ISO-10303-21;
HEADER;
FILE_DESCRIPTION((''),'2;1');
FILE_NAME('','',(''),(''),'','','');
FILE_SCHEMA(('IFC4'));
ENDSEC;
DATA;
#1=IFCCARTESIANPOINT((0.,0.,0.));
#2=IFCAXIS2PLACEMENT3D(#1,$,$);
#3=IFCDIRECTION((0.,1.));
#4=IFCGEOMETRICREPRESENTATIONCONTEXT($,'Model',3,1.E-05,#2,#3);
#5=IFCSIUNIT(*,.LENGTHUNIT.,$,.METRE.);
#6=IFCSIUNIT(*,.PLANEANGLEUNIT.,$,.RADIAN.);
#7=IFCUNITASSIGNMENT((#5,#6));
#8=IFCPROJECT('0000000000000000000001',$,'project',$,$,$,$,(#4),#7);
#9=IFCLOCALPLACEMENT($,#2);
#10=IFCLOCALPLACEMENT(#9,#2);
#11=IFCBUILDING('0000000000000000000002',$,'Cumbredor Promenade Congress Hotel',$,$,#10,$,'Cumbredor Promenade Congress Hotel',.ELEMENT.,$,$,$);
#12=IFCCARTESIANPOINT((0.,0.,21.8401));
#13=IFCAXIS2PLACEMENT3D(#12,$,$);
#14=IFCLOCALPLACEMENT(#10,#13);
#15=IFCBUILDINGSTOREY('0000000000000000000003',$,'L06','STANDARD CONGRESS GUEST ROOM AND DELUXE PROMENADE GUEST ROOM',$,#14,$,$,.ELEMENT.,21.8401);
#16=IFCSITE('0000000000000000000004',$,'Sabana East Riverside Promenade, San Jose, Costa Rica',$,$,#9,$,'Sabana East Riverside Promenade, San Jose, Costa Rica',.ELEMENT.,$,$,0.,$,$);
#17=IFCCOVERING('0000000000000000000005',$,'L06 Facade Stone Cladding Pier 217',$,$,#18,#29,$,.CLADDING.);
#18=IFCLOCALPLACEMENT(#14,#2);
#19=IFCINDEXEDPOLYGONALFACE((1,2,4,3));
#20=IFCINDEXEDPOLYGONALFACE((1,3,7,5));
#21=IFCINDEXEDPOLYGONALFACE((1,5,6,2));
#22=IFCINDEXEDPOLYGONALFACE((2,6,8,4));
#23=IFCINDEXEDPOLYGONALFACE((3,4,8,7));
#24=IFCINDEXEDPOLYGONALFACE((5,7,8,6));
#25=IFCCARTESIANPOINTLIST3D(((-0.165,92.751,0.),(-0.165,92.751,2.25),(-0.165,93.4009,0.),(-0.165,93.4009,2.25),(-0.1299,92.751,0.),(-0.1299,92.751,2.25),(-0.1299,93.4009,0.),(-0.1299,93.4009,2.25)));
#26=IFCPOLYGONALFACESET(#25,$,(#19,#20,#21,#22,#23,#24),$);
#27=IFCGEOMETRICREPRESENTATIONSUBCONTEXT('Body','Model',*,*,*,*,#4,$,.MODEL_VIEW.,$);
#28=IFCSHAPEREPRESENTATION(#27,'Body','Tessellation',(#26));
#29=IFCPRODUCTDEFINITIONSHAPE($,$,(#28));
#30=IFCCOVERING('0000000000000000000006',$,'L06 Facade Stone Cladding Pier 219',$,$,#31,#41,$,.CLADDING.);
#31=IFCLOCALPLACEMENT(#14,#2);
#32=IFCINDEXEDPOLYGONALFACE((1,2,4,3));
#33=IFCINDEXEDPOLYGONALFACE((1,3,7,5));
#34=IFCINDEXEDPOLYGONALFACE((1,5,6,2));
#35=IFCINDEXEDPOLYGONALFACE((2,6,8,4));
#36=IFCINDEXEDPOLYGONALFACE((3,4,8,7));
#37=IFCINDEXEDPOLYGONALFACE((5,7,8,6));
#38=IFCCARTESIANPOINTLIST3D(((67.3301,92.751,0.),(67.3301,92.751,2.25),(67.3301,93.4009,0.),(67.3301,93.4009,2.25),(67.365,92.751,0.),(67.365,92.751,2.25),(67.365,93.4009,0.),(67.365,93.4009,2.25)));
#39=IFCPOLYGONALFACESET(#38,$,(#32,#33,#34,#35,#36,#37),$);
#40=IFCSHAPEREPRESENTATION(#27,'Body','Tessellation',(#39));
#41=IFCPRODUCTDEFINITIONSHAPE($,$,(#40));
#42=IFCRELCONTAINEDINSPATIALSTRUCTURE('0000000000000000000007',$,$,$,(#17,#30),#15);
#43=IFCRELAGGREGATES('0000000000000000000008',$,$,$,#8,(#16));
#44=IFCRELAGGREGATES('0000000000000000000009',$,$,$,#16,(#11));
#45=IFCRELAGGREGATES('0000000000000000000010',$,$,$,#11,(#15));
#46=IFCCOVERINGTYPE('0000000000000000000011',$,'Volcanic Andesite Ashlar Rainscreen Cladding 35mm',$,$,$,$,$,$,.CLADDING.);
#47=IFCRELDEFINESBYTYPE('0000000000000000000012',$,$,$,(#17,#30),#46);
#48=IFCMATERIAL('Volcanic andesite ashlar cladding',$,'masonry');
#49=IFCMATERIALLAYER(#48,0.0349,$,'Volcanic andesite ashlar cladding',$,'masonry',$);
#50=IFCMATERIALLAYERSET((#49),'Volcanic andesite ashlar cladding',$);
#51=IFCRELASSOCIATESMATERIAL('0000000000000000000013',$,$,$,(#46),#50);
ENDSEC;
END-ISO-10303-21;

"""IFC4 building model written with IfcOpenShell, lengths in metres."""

from ifc_helpers import new_model, si_unit, direction, frame, origin, place, context, subcontext, project, spatial, polyline, outline, extrude, material, layer, layer_set, type_object, element, save


model = new_model("IFC4")

# Units and contexts
model_context = context("Model", 3, precision=1e-05, world=origin(), true_north=direction((0.0, 1.0)))
body_context = subcontext(model_context, "Body", "Model", "MODEL_VIEW")
ifc_project = project(units=[si_unit("LENGTHUNIT", "METRE"), si_unit("PLANEANGLEUNIT", "RADIAN")], contexts=[model_context])

# Site, building, storey
site_placement = place(None, origin())
site = spatial("IfcSite", under=ifc_project, at=site_placement, Name="Sabana East Riverside Promenade, San Jose, Costa Rica", LongName="Sabana East Riverside Promenade, San Jose, Costa Rica", CompositionType="ELEMENT", RefElevation=0.0)
building_placement = place(site_placement, origin())
building = spatial("IfcBuilding", under=site, at=building_placement, Name="Cumbredor Promenade Congress Hotel", LongName="Cumbredor Promenade Congress Hotel", CompositionType="ELEMENT")
storey_placement = place(building_placement, frame((0.0, 0.0, 21.8401)))
storey = spatial("IfcBuildingStorey", under=building, at=storey_placement, Name="L06", Description="STANDARD CONGRESS GUEST ROOM AND DELUXE PROMENADE GUEST ROOM", CompositionType="ELEMENT", Elevation=21.8401)

# Coverings
ifc_material_1 = material(Name="Volcanic andesite ashlar cladding", Category="masonry")
ifc_layer_1 = layer(ifc_material_1, 0.0349, Name="Volcanic andesite ashlar cladding", Category="masonry")
ifc_layer_set_1 = layer_set([ifc_layer_1], Name="Volcanic andesite ashlar cladding")
covering_type_1 = type_object("IfcCoveringType", Name="Volcanic Andesite Ashlar Rainscreen Cladding 35mm", PredefinedType="CLADDING", material=ifc_layer_set_1)
covering_1_placement = place(storey_placement, origin())
element("IfcCovering", 1, at=covering_1_placement, inside=storey, type_object=covering_type_1, Name="L06 Facade Stone Cladding Pier 217", PredefinedType="CLADDING", context=body_context, shape_type="SweptSolid", body=[
    extrude(outline(polyline([(-0.1299, 92.751), (-0.1299, 93.4009), (-0.165, 93.4009), (-0.165, 92.751), (-0.1299, 92.751)])), origin(), (0.0, 0.0, 1.0), 2.25),
])
covering_2_placement = place(storey_placement, origin())
element("IfcCovering", 2, at=covering_2_placement, inside=storey, type_object=covering_type_1, Name="L06 Facade Stone Cladding Pier 219", PredefinedType="CLADDING", context=body_context, shape_type="SweptSolid", body=[
    extrude(outline(polyline([(67.3301, 92.751), (67.3301, 93.4009), (67.365, 93.4009), (67.365, 92.751), (67.3301, 92.751)])), origin(), (0.0, 0.0, 1.0), 2.25),
])

save(model, "model.ifc")
